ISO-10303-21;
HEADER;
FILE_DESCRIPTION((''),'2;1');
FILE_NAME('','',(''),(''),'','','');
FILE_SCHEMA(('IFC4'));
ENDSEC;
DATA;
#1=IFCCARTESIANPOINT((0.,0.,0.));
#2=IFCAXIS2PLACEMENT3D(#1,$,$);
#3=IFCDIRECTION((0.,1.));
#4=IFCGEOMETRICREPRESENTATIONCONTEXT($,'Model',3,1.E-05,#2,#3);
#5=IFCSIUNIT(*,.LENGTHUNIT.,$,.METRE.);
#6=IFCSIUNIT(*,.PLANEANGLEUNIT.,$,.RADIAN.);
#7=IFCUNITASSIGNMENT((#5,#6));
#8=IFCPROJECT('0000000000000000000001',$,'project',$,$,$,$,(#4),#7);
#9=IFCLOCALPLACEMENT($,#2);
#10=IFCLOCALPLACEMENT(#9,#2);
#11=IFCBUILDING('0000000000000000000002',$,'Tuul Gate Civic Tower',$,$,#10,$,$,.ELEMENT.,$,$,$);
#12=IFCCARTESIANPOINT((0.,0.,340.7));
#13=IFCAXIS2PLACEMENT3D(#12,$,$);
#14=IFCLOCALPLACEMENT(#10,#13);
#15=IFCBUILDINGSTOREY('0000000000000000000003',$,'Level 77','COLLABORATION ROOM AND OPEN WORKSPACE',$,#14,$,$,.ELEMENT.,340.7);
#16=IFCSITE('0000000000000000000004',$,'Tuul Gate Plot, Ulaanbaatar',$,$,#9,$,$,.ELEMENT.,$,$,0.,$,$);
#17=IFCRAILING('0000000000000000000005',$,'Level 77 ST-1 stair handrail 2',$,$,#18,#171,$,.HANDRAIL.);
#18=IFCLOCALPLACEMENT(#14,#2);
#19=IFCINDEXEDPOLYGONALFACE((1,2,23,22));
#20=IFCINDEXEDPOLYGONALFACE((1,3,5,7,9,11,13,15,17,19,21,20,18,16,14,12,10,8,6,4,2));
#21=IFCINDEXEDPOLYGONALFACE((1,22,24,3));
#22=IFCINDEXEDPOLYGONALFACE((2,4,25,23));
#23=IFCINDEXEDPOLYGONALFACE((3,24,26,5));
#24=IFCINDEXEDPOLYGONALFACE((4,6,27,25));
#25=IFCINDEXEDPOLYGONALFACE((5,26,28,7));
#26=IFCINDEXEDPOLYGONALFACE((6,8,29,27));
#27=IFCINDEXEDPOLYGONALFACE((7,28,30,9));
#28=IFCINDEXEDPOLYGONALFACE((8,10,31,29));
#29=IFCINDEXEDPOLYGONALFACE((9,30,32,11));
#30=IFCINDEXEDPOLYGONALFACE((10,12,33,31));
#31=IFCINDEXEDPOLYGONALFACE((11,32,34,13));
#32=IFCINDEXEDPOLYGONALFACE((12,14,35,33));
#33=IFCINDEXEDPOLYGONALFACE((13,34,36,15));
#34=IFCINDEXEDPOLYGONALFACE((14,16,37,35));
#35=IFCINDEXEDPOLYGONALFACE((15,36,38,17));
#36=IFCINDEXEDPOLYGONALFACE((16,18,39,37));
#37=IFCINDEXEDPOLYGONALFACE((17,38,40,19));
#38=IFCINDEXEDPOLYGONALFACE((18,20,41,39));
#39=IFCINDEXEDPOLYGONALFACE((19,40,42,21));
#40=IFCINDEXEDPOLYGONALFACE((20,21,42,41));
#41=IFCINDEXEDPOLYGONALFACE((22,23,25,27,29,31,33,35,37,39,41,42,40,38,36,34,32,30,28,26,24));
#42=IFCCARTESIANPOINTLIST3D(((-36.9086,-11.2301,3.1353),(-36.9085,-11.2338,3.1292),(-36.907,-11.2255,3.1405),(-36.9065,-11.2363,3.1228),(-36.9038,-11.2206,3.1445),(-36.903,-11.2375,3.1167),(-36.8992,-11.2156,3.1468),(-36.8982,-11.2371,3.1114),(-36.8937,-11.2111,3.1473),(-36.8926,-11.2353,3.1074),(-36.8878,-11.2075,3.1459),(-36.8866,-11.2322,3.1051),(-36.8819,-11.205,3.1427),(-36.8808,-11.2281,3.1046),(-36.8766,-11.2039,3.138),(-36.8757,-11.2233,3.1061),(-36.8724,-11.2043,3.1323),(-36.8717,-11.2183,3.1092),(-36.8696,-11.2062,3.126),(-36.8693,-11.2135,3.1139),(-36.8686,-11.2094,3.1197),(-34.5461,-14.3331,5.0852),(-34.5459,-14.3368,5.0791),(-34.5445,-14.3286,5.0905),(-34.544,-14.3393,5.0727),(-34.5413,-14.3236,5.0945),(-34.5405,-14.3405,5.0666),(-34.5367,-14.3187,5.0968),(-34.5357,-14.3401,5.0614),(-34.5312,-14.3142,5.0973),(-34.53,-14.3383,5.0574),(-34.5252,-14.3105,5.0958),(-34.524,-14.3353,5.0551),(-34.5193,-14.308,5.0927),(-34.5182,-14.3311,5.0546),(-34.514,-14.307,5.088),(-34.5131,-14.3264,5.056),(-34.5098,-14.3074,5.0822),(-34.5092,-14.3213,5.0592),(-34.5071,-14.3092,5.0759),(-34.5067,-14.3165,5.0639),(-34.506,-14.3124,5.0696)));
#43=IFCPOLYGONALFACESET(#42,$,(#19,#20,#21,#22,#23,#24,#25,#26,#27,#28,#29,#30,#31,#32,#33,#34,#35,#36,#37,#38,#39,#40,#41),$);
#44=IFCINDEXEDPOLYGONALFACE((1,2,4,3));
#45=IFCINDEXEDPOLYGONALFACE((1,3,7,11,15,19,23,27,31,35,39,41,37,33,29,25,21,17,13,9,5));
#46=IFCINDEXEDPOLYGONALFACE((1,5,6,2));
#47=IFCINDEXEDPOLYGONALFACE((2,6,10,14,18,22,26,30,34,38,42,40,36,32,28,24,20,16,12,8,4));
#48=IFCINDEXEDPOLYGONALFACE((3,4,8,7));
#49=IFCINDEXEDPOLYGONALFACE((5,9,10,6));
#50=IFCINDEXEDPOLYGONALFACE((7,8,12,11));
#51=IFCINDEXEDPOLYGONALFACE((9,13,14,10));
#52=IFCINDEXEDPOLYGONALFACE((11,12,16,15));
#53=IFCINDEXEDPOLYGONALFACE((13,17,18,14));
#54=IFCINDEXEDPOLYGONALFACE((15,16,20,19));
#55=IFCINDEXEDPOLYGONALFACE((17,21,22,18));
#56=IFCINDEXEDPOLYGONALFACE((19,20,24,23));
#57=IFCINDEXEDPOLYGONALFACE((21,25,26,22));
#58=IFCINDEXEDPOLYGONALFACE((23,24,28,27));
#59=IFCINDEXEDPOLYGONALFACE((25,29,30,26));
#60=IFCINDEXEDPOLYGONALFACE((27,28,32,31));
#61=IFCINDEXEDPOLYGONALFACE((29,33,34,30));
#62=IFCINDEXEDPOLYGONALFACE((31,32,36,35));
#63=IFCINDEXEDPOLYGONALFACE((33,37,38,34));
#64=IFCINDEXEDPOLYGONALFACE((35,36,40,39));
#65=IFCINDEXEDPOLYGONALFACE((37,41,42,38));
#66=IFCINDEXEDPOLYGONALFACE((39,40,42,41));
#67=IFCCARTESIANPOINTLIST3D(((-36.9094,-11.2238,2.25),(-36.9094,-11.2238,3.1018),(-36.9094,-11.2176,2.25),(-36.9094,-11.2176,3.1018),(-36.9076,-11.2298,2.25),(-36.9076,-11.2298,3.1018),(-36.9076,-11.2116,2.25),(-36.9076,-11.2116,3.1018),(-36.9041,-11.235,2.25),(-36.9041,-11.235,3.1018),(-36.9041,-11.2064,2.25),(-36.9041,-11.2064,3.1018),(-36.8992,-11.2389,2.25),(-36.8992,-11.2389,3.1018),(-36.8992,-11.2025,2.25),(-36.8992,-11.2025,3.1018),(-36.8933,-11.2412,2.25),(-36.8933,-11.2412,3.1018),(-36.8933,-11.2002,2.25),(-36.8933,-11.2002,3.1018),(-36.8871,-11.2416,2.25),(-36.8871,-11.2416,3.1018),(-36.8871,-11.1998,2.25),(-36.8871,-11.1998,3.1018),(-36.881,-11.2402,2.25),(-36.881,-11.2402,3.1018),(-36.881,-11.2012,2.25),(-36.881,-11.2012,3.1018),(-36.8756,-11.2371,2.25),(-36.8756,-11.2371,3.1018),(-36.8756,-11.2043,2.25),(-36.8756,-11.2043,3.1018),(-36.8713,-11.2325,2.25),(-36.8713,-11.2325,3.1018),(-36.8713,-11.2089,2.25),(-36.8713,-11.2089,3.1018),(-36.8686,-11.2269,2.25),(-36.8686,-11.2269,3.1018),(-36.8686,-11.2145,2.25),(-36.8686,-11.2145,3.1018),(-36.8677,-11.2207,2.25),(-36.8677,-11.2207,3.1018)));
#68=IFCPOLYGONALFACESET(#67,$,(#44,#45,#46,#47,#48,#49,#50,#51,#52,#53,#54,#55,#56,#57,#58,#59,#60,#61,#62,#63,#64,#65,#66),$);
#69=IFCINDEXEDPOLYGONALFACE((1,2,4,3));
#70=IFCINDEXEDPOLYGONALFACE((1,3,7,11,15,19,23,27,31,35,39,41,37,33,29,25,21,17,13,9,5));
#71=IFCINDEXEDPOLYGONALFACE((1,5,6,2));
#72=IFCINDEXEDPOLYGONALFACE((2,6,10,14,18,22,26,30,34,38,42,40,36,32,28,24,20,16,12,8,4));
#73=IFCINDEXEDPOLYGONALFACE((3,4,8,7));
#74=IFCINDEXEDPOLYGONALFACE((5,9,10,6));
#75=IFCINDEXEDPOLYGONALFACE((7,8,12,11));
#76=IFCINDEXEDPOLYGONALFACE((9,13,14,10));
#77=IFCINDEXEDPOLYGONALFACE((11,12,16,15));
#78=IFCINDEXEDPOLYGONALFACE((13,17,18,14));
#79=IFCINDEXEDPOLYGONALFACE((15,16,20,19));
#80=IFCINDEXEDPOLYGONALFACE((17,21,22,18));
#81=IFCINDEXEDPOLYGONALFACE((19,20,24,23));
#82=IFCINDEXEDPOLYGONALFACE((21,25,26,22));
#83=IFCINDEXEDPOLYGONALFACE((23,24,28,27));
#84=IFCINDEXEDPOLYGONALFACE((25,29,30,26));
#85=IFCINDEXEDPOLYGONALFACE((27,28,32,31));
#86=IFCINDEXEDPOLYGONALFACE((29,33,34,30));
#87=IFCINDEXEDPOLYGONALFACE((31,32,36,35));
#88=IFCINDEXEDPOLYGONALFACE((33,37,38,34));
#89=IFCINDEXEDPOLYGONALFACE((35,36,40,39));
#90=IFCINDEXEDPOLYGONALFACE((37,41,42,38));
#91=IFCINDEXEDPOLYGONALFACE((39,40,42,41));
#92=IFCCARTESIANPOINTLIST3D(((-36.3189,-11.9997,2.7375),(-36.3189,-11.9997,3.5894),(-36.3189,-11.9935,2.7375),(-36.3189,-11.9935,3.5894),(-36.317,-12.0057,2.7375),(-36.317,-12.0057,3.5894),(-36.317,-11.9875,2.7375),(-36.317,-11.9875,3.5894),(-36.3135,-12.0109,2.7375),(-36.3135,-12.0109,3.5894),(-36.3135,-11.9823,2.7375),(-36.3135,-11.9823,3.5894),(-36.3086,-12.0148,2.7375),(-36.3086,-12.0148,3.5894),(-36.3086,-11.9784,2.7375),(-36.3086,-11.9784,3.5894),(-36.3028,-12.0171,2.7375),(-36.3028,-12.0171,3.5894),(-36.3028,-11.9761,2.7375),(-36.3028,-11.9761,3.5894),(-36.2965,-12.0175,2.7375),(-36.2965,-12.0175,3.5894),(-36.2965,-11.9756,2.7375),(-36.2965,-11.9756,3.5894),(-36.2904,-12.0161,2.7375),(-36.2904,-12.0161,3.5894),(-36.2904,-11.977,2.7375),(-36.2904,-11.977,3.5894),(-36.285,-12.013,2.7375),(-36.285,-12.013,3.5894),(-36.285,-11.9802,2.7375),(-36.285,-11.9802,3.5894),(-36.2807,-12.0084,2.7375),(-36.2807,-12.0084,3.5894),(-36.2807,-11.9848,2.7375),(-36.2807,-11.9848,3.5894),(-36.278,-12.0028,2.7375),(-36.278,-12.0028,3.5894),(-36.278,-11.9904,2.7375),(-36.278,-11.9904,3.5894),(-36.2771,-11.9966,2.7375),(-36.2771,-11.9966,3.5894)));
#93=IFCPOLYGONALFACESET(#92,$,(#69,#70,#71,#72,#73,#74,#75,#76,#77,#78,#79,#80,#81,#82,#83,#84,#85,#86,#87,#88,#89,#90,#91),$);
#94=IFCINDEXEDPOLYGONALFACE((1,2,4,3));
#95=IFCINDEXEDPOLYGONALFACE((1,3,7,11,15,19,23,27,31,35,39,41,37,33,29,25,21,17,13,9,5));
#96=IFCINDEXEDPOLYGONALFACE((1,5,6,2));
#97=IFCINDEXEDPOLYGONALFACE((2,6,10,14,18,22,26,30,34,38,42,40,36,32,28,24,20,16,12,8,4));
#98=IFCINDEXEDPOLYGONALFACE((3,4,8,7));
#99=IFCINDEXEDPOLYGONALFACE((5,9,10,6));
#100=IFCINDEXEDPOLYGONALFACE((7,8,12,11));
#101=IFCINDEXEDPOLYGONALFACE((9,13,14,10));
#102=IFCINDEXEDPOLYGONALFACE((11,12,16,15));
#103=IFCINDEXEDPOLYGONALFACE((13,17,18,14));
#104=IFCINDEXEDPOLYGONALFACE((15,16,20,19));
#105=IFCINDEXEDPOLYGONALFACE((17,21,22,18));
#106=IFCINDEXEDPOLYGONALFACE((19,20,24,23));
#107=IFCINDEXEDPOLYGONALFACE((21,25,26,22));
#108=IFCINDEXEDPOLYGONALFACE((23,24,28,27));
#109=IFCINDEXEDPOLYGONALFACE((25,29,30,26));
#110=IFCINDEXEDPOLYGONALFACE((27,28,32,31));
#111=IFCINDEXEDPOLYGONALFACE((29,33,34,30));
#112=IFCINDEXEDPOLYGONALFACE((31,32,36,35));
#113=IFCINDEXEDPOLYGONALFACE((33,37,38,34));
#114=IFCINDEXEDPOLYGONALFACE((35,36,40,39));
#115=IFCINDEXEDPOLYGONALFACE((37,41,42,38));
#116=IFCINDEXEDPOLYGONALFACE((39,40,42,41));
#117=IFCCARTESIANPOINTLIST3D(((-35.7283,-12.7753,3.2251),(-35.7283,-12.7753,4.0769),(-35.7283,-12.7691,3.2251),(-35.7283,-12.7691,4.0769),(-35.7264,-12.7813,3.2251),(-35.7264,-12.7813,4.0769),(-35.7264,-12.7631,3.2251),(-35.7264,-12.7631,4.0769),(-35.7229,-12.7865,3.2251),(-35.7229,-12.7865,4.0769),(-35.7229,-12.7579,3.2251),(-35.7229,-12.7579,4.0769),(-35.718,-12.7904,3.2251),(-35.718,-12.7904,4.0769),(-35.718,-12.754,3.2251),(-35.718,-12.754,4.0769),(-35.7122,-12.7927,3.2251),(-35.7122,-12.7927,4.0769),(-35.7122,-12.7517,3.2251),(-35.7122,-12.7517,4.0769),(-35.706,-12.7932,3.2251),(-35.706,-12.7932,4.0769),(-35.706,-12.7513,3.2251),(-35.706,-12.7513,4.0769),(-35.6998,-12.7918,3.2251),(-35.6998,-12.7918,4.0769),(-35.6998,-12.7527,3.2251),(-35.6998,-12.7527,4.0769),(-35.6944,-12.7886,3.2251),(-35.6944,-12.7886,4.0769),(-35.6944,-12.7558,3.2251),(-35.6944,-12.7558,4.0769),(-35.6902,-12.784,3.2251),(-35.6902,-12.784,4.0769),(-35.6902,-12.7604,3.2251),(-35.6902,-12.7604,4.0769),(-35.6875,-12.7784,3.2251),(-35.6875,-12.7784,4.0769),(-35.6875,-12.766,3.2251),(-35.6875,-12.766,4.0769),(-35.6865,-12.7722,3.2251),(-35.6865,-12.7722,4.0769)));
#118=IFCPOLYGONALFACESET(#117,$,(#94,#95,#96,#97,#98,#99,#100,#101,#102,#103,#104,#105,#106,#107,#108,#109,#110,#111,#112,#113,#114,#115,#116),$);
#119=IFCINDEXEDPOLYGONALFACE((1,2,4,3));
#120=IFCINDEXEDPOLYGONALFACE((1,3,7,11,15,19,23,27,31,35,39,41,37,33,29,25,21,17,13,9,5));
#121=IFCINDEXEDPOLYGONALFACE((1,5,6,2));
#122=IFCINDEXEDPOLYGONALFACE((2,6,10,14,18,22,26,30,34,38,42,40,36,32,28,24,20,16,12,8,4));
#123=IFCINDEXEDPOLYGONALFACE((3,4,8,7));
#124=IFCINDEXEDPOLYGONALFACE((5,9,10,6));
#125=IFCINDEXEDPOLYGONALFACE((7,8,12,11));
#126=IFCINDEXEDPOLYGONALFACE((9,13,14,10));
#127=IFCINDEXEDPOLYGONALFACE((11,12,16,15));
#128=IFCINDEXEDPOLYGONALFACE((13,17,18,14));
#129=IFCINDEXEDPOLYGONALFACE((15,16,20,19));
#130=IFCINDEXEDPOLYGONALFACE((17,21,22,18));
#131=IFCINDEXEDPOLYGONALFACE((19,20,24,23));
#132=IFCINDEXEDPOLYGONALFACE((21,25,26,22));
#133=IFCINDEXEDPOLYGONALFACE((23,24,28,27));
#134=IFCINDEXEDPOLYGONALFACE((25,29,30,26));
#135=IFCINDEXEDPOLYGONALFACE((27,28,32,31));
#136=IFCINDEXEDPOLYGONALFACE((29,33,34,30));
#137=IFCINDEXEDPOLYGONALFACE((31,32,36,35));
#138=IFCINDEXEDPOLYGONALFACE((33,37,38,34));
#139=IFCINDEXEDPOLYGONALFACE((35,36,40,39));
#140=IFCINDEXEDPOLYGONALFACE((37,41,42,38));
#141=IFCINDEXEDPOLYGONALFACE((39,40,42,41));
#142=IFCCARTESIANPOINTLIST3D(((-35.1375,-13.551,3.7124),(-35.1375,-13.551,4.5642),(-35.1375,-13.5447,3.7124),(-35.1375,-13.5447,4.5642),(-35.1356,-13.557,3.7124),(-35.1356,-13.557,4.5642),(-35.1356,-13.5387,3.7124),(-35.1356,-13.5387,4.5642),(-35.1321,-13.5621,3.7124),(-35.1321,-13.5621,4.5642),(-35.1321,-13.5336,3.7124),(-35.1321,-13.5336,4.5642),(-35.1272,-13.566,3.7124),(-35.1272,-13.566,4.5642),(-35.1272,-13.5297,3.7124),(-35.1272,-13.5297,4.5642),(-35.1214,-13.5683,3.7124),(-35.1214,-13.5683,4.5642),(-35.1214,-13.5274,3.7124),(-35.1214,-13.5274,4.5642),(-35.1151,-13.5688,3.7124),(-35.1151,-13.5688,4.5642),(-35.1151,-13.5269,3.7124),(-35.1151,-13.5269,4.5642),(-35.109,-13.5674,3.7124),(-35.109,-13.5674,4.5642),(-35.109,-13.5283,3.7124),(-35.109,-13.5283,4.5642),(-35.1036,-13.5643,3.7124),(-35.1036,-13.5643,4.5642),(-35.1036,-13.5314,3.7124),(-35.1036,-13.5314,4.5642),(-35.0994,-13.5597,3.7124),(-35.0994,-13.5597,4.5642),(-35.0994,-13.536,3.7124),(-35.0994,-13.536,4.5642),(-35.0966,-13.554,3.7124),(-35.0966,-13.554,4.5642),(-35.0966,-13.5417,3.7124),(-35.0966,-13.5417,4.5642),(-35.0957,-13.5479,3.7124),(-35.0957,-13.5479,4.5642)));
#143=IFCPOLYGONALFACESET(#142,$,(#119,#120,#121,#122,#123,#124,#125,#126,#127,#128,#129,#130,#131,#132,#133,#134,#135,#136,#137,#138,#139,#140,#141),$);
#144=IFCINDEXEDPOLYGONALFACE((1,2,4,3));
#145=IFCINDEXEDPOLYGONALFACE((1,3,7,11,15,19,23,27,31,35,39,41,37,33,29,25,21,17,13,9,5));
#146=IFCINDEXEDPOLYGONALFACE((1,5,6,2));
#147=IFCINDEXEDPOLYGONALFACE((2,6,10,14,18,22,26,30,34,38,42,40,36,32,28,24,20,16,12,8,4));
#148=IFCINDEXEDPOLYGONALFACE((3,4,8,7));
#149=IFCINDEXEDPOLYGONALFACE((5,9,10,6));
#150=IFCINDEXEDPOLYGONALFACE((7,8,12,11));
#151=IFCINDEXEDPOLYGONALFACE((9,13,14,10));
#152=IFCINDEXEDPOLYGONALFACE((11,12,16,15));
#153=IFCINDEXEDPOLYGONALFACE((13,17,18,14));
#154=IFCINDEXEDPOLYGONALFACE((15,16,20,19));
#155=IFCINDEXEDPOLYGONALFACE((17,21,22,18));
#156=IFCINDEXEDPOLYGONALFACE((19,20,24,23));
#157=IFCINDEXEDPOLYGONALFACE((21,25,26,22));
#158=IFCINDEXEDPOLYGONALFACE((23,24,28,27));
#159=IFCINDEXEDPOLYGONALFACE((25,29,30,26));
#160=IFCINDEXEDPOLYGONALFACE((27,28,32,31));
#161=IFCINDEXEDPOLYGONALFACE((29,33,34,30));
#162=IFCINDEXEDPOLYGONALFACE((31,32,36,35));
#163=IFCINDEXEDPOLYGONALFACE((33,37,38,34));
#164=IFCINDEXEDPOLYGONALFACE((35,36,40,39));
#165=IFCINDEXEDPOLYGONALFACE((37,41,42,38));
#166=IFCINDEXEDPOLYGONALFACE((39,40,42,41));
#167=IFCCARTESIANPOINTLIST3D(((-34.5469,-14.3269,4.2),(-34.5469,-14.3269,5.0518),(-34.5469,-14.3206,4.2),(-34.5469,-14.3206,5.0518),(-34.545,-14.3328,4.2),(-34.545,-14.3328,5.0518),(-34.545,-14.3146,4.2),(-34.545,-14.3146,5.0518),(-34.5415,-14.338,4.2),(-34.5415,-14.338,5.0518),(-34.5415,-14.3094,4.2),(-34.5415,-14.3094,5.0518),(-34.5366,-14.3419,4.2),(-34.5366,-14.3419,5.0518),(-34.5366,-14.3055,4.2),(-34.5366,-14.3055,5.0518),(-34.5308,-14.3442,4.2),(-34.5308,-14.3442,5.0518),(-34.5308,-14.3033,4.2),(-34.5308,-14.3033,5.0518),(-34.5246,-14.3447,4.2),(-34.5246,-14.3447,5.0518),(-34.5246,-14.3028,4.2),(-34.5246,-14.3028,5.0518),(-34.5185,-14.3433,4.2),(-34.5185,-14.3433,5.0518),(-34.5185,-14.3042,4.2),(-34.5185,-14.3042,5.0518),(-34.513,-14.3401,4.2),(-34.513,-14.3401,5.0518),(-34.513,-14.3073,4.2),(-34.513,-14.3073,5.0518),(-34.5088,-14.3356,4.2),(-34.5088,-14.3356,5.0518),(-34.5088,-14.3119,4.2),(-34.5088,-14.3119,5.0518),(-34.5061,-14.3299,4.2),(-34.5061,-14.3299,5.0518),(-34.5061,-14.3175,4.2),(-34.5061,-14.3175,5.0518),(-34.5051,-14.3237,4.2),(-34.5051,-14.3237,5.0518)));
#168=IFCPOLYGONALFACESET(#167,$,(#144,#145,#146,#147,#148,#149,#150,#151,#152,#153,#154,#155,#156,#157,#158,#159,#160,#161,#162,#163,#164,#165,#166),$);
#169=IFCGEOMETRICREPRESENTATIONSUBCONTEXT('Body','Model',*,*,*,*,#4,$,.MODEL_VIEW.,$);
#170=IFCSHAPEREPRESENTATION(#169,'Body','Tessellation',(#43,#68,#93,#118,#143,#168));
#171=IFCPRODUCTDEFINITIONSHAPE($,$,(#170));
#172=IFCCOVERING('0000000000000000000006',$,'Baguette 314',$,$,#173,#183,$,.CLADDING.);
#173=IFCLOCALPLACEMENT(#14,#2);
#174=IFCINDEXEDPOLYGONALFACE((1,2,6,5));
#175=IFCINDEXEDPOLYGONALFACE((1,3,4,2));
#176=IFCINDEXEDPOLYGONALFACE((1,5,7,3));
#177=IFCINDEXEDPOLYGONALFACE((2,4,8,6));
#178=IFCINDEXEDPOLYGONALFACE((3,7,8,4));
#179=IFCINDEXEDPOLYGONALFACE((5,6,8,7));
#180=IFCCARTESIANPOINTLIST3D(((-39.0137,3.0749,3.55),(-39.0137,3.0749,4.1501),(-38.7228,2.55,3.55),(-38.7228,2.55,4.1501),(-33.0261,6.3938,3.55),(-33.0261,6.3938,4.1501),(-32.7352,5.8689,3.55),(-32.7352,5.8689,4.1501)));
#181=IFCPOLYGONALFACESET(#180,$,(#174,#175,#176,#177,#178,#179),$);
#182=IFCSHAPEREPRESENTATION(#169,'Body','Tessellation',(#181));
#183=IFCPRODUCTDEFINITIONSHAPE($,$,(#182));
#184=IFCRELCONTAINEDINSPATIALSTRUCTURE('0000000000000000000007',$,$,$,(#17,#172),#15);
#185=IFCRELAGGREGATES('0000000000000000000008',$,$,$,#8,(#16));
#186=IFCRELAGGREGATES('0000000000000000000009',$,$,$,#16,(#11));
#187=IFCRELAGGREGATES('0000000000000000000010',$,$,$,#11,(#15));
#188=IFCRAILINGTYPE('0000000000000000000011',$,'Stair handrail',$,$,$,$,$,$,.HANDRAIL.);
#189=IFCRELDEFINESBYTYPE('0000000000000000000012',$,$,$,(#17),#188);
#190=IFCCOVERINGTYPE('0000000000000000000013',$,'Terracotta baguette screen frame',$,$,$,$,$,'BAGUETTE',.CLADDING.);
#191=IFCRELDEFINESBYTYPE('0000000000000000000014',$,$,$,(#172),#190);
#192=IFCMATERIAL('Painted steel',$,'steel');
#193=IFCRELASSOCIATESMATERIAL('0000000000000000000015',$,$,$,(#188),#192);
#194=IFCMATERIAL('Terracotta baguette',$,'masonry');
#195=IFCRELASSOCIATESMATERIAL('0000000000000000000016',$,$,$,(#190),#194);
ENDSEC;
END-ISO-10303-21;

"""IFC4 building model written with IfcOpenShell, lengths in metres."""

from ifc_helpers import new_model, si_unit, direction, frame, origin, origin_2d, place, context, subcontext, project, spatial, rectangle, circle, extrude, material, material_profile, profile_set, type_object, element, save


model = new_model("IFC4")

# Units and contexts
model_context = context("Model", 3, precision=1e-05, world=origin(), true_north=direction((0.0, 1.0)))
body_context = subcontext(model_context, "Body", "Model", "MODEL_VIEW")
ifc_project = project(units=[si_unit("LENGTHUNIT", "METRE"), si_unit("PLANEANGLEUNIT", "RADIAN")], contexts=[model_context])

# Site, building, storey
site_placement = place(None, origin())
site = spatial("IfcSite", under=ifc_project, at=site_placement, Name="Tuul Gate Plot, Ulaanbaatar", CompositionType="ELEMENT", RefElevation=0.0)
building_placement = place(site_placement, origin())
building = spatial("IfcBuilding", under=site, at=building_placement, Name="Tuul Gate Civic Tower", CompositionType="ELEMENT")
storey_placement = place(building_placement, frame((0.0, 0.0, 340.7)))
storey = spatial("IfcBuildingStorey", under=building, at=storey_placement, Name="Level 77", Description="COLLABORATION ROOM AND OPEN WORKSPACE", CompositionType="ELEMENT", Elevation=340.7)

# Railing
ifc_material_1 = material(Name="Painted steel", Category="steel")
railing_type_1 = type_object("IfcRailingType", Name="Stair handrail", PredefinedType="HANDRAIL", material=ifc_material_1)
railing_1_placement = place(storey_placement, frame((-36.8887, -11.2207, 2.25)))
element("IfcRailing", 1, at=railing_1_placement, inside=storey, type_object=railing_type_1, Name="Level 77 ST-1 stair handrail 2", PredefinedType="HANDRAIL", context=body_context, shape_type="SweptSolid", body=[
    extrude(circle(Radius=0.0239, at=origin_2d()), frame((0.0, 0.0, 0.876), z_axis=(0.541824, -0.711645, 0.4472), x_axis=(0.795637, 0.605773, 0.0)), (0.0, 0.0, 1.0), 4.3604),
    extrude(circle(Radius=0.021, at=origin_2d()), origin(), (0.0, 0.0, 1.0), 0.8518),
    extrude(circle(Radius=0.021, at=origin_2d()), frame((0.5906, -0.7759, 0.4875)), (0.0, 0.0, 1.0), 0.8518),
    extrude(circle(Radius=0.021, at=origin_2d()), frame((1.1812, -1.5515, 0.9751)), (0.0, 0.0, 1.0), 0.8518),
    extrude(circle(Radius=0.021, at=origin_2d()), frame((1.772, -2.3271, 1.4624)), (0.0, 0.0, 1.0), 0.8518),
    extrude(circle(Radius=0.021, at=origin_2d()), frame((2.3625, -3.103, 1.95)), (0.0, 0.0, 1.0), 0.8518),
])

# Covering
ifc_material_2 = material(Name="Terracotta baguette", Category="masonry")
ifc_material_profile_1 = material_profile(ifc_material_2, rectangle(XDim=0.6001, YDim=0.6001, at=origin_2d()), Name="Terracotta baguette screen frame")
ifc_profile_set_1 = profile_set([ifc_material_profile_1], Name="Terracotta baguette")
covering_type = type_object("IfcCoveringType", Name="Terracotta baguette screen frame", ElementType="BAGUETTE", PredefinedType="CLADDING", material=ifc_profile_set_1)
covering_placement = place(storey_placement, frame((-32.8806, 6.1313, 3.8501), z_axis=(-0.874626, -0.484798, 0.0), x_axis=(0.484798, -0.874626, 0.0)))
element("IfcCovering", 2, at=covering_placement, inside=storey, type_object=covering_type, Name="Baguette 314", PredefinedType="CLADDING", context=body_context, shape_type="SweptSolid", body=[
    extrude(rectangle(XDim=0.6001, YDim=0.6001, at=origin_2d()), origin(), (0.0, 0.0, 1.0), 6.8459),
])

save(model, "model.ifc")
